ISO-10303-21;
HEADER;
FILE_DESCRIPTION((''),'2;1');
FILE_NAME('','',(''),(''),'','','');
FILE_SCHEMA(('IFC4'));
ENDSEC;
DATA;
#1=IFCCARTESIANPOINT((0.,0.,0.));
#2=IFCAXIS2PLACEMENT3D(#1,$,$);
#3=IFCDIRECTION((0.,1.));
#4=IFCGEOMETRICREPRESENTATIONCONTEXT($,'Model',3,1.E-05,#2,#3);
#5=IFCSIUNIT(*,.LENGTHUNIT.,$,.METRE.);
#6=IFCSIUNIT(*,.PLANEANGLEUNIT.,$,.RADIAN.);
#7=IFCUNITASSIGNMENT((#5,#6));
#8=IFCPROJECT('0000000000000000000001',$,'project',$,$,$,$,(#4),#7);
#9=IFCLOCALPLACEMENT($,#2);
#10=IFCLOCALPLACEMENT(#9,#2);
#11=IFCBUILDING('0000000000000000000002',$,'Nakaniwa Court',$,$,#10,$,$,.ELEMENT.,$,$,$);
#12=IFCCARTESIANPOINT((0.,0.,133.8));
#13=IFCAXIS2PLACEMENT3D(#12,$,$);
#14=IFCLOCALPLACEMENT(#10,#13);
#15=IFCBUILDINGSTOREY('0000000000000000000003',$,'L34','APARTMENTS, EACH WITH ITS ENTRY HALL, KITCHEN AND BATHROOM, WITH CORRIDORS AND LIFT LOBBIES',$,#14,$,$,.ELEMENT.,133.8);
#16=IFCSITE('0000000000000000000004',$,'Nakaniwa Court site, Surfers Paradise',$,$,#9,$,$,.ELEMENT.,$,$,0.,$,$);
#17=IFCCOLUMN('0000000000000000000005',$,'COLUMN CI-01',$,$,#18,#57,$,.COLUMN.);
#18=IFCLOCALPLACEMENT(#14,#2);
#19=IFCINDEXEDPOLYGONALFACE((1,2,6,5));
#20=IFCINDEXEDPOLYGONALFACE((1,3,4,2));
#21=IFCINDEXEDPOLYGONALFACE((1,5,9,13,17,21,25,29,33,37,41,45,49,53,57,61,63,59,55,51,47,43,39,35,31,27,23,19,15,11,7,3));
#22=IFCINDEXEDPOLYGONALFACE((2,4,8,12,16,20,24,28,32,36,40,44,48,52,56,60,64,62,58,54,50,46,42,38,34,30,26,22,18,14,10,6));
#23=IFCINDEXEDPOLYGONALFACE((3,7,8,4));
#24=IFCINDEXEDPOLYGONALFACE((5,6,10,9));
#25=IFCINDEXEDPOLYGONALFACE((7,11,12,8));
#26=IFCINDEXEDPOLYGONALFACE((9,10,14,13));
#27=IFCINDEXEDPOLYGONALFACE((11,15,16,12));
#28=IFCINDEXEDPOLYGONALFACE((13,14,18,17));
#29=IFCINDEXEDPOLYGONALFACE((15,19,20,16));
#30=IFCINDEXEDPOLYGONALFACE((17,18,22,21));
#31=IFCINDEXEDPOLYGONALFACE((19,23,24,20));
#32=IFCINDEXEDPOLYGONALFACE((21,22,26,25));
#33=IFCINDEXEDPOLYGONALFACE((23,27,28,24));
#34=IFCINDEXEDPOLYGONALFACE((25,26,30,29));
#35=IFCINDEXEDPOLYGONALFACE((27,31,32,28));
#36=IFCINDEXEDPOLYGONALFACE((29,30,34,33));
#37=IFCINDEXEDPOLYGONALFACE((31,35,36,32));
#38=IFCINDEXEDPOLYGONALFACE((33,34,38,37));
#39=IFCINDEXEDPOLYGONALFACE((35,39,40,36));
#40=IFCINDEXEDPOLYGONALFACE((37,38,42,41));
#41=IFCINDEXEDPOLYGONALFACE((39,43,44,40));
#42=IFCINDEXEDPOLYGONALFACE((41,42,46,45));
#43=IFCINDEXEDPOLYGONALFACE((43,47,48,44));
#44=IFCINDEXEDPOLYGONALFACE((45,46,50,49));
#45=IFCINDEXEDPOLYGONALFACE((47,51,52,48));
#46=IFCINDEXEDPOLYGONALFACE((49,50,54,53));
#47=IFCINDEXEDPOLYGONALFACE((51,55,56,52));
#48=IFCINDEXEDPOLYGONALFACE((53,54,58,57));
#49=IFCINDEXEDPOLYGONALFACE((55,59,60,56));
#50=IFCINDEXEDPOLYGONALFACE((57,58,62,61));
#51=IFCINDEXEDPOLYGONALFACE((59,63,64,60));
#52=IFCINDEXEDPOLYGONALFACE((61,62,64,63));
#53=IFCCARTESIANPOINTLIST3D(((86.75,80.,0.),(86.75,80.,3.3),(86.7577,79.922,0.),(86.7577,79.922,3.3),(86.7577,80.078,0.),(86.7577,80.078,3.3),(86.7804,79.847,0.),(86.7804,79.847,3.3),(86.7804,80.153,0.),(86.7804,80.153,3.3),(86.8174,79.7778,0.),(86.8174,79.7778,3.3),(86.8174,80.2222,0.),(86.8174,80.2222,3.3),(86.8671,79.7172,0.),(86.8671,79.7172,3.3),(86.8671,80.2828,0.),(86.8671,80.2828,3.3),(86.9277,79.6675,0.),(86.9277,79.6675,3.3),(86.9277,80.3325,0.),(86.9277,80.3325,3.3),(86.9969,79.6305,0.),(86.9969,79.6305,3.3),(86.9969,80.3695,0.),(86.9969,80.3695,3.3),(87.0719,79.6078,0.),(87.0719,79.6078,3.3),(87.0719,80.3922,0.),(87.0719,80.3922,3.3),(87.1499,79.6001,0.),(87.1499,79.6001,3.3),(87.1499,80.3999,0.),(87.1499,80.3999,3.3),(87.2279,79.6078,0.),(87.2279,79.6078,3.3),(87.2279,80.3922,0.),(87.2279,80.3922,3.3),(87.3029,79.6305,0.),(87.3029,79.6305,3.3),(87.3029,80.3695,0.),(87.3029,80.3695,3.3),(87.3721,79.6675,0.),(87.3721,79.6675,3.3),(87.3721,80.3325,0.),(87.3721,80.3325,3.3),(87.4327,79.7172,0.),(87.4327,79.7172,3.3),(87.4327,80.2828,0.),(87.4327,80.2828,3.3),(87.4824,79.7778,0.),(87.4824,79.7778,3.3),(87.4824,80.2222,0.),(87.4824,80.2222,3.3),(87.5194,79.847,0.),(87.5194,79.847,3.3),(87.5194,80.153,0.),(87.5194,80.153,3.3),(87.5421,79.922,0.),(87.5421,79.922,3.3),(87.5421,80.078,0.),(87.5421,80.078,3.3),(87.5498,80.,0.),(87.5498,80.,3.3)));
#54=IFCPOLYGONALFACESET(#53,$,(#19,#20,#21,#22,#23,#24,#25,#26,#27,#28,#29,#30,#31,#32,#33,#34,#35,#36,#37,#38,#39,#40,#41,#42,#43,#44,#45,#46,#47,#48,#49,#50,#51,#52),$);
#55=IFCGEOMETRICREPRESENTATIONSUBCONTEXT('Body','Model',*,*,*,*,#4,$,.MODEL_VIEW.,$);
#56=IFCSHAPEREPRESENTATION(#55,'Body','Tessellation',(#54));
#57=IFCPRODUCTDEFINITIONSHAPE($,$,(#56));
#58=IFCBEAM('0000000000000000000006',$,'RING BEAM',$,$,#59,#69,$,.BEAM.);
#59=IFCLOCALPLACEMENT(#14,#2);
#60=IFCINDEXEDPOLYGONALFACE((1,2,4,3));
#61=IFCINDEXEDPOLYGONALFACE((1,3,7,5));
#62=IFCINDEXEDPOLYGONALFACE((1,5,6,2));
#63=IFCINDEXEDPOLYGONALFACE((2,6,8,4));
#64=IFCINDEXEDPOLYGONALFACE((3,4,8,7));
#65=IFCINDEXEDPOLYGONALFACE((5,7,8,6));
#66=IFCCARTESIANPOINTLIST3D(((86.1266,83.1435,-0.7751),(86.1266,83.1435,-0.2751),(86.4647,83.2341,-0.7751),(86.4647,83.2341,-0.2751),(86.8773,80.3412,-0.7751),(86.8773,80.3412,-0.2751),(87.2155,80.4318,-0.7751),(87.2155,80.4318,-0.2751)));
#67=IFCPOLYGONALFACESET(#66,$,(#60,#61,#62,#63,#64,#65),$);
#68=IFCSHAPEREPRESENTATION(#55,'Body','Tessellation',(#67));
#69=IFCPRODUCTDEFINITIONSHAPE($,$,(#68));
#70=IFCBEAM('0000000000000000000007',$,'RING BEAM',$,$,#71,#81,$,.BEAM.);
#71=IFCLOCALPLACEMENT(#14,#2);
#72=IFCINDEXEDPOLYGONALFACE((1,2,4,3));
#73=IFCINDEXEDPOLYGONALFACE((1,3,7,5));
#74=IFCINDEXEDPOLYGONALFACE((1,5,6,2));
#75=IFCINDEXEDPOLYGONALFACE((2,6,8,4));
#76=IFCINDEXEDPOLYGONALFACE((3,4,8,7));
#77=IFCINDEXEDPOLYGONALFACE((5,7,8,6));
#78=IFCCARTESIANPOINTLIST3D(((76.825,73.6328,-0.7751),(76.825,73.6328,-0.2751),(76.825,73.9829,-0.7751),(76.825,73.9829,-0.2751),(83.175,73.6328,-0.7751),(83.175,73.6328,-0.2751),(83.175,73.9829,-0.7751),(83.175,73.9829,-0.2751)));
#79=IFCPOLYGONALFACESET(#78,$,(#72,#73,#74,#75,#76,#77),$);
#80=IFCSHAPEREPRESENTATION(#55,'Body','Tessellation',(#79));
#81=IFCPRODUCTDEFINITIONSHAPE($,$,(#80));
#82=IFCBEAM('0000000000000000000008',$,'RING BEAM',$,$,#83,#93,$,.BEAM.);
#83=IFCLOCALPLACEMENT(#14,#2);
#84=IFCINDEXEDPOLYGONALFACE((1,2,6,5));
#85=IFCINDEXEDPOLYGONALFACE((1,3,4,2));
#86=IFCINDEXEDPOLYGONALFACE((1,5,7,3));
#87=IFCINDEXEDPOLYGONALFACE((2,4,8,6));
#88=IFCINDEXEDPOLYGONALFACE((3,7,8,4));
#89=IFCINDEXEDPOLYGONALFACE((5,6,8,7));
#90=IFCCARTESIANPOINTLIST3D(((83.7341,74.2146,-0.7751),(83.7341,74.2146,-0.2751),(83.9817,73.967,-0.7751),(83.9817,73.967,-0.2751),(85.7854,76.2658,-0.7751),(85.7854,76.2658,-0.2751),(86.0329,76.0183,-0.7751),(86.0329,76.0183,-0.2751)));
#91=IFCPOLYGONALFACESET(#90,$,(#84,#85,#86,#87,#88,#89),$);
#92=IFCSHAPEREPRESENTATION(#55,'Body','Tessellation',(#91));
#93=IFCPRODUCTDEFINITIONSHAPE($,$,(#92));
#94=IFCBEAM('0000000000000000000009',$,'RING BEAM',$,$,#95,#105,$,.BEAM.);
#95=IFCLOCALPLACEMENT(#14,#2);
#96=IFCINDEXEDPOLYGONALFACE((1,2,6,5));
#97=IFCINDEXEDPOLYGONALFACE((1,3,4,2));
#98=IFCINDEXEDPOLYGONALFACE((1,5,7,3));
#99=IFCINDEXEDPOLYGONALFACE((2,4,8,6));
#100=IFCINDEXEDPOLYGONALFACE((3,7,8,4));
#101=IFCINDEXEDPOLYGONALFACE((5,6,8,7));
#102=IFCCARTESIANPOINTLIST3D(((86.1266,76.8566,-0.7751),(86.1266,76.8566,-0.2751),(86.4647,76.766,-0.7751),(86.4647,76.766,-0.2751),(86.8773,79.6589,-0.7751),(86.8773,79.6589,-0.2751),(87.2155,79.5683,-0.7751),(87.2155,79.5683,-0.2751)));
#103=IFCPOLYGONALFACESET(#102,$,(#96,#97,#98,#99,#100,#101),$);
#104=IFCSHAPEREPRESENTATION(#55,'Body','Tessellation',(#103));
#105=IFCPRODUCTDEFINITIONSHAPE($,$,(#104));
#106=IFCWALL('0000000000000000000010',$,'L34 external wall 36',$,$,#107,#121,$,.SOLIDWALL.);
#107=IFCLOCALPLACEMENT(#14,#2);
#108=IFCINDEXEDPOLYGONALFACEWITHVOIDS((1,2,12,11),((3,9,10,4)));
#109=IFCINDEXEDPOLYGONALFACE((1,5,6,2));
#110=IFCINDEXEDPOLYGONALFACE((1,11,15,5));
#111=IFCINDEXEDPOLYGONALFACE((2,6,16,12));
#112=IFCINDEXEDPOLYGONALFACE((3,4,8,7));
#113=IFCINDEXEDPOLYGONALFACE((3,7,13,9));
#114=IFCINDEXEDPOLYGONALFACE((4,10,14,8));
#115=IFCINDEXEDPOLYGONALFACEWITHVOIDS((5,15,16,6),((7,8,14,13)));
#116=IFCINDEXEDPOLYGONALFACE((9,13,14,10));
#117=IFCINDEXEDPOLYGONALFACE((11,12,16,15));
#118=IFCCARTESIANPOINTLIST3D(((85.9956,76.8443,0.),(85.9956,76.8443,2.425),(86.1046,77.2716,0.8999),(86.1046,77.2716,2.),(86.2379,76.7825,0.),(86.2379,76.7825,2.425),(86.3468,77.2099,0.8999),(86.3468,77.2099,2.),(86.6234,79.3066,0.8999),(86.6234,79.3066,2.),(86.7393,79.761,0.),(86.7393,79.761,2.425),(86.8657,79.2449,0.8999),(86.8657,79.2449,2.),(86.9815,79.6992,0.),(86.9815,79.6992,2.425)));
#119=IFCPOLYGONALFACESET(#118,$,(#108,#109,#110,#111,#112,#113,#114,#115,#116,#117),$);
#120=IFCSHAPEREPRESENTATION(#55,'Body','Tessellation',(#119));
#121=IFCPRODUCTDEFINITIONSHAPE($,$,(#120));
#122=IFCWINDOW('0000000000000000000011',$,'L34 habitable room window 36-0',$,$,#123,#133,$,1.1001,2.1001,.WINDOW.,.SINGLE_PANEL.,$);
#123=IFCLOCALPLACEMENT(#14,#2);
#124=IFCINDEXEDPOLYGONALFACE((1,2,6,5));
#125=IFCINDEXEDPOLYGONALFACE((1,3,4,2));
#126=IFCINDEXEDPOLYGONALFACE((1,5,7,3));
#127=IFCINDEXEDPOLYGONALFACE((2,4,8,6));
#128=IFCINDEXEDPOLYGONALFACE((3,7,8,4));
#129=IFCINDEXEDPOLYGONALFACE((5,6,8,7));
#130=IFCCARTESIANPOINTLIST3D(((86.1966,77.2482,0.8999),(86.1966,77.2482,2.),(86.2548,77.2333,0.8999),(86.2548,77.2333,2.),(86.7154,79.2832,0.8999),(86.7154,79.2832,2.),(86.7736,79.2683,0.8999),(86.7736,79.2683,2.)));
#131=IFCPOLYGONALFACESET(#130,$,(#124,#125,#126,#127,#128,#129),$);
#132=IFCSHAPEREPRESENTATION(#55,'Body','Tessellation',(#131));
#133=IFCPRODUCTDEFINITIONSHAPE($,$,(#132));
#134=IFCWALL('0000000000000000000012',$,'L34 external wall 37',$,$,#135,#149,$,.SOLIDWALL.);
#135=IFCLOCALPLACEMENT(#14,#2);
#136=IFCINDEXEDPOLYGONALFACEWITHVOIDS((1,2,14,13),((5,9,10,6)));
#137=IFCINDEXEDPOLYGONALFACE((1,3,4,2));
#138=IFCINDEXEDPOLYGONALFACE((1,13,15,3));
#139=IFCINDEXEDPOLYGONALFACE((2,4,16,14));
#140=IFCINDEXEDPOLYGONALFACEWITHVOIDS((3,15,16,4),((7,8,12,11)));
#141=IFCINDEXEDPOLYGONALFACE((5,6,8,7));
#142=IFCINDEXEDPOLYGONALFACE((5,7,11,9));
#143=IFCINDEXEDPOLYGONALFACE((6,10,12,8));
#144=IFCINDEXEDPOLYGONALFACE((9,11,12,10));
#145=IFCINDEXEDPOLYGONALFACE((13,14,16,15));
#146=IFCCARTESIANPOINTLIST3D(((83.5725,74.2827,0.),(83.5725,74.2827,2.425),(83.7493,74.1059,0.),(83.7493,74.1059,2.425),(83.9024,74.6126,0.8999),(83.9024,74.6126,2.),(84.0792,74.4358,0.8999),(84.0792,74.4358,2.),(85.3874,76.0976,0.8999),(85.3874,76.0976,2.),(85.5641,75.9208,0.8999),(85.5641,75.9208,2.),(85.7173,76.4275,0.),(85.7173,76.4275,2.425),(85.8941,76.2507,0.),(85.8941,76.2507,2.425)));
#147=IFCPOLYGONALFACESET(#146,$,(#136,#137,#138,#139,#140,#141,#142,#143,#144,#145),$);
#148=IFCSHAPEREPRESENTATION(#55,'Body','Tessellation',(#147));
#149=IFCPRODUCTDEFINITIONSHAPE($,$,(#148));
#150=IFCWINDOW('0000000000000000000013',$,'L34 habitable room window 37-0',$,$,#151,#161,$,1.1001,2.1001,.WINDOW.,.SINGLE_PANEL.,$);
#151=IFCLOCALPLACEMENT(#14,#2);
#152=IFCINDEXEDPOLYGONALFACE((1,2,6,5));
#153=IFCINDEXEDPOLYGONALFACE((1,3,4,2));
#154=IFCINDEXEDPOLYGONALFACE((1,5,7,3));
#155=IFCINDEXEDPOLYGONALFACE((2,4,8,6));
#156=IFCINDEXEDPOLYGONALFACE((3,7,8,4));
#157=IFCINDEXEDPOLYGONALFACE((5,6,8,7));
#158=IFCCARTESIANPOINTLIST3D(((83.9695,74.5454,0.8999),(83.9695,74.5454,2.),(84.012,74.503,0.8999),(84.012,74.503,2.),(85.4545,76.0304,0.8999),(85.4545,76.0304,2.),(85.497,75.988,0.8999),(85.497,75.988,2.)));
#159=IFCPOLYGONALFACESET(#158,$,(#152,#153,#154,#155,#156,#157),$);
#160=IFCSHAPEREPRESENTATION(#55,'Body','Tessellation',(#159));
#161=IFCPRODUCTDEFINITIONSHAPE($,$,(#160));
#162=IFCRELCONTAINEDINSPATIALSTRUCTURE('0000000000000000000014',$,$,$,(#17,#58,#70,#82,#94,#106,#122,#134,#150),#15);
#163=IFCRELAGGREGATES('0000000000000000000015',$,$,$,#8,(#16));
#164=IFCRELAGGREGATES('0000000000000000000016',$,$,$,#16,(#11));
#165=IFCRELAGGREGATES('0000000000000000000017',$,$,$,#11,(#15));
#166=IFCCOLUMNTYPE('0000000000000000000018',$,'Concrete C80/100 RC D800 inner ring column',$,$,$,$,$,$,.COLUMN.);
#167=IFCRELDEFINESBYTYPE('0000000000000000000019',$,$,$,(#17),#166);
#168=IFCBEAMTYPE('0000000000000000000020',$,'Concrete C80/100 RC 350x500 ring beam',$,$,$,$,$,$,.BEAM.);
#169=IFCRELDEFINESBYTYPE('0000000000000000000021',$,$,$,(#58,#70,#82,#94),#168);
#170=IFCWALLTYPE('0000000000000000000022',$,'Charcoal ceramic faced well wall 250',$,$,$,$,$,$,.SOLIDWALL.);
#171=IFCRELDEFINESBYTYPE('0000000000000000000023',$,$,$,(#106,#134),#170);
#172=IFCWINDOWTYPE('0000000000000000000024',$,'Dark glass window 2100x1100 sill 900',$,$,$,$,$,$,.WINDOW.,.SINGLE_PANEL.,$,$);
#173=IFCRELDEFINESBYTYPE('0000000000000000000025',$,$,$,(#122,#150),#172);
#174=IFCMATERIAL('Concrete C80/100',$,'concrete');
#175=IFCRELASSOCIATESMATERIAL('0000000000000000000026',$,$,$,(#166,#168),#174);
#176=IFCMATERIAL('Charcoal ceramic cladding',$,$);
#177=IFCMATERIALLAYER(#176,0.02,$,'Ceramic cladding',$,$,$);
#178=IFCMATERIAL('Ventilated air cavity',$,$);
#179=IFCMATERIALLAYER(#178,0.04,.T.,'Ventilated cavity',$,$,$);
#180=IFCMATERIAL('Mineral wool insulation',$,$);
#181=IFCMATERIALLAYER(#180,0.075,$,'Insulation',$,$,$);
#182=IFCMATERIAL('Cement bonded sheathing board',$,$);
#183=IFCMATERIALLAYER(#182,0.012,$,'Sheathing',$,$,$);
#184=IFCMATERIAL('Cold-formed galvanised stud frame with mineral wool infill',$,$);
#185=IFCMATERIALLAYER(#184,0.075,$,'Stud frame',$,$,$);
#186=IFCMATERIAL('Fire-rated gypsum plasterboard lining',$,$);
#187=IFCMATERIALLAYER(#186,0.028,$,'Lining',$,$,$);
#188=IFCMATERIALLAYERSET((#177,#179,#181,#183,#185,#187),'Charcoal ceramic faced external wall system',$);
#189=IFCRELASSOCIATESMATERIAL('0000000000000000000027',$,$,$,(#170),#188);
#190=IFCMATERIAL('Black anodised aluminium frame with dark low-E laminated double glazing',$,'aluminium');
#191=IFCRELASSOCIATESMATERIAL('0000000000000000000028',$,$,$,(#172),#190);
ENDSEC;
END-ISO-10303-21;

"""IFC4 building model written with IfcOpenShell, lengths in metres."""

from ifc_helpers import new_model, si_unit, direction, frame, frame_2d, origin, origin_2d, place, context, subcontext, project, spatial, rectangle, circle, extrude, material, layer, layer_set, material_profile, profile_set, type_object, element, fill, save


model = new_model("IFC4")

# Units and contexts
model_context = context("Model", 3, precision=1e-05, world=origin(), true_north=direction((0.0, 1.0)))
body_context = subcontext(model_context, "Body", "Model", "MODEL_VIEW")
ifc_project = project(units=[si_unit("LENGTHUNIT", "METRE"), si_unit("PLANEANGLEUNIT", "RADIAN")], contexts=[model_context])

# Site, building, storey
site_placement = place(None, origin())
site = spatial("IfcSite", under=ifc_project, at=site_placement, Name="Nakaniwa Court site, Surfers Paradise", CompositionType="ELEMENT", RefElevation=0.0)
building_placement = place(site_placement, origin())
building = spatial("IfcBuilding", under=site, at=building_placement, Name="Nakaniwa Court", CompositionType="ELEMENT")
storey_placement = place(building_placement, frame((0.0, 0.0, 133.8)))
storey = spatial("IfcBuildingStorey", under=building, at=storey_placement, Name="L34", Description="APARTMENTS, EACH WITH ITS ENTRY HALL, KITCHEN AND BATHROOM, WITH CORRIDORS AND LIFT LOBBIES", CompositionType="ELEMENT", Elevation=133.8)

# Column
ifc_material_1 = material(Name="Concrete C80/100", Category="concrete")
ifc_material_profile_1 = material_profile(ifc_material_1, circle(Radius=0.3999, at=origin_2d()), Name="Concrete C80/100 RC D800 inner ring column")
ifc_profile_set_1 = profile_set([ifc_material_profile_1], Name="Concrete C80/100")
column_type = type_object("IfcColumnType", Name="Concrete C80/100 RC D800 inner ring column", PredefinedType="COLUMN", material=ifc_profile_set_1)
for number, where, z_axis, x_axis, name in (
    (1, (87.1499, 80.0, 0.0), (0.0, 0.0, 1.0), (0.0, 1.0, 0.0), "COLUMN CI-01"),
):
    element("IfcColumn", number, at=place(storey_placement, frame(where, z_axis=z_axis, x_axis=x_axis)), inside=storey, type_object=column_type, Name=name, PredefinedType="COLUMN", context=body_context, shape_type="SweptSolid", body=[
        extrude(circle(Radius=0.3999, at=origin_2d()), origin(), (0.0, 0.0, 1.0), 3.3),
    ])

# Beams
ifc_material_profile_2 = material_profile(ifc_material_1, rectangle(XDim=0.3501, YDim=0.5, at=origin_2d()), Name="Concrete C80/100 RC 350x500 ring beam")
ifc_profile_set_2 = profile_set([ifc_material_profile_2], Name="Concrete C80/100")
beam_type = type_object("IfcBeamType", Name="Concrete C80/100 RC 350x500 ring beam", PredefinedType="BEAM", material=ifc_profile_set_2)
beam_1_placement = place(storey_placement, frame((87.0464, 80.3865, -0.5251), z_axis=(-0.258778, 0.965937, 0.0), x_axis=(-0.965937, -0.258778, 0.0)))
element("IfcBeam", 2, at=beam_1_placement, inside=storey, type_object=beam_type, Name="RING BEAM", PredefinedType="BEAM", context=body_context, shape_type="SweptSolid", body=[
    extrude(rectangle(XDim=0.3501, YDim=0.5, at=origin_2d()), origin(), (0.0, 0.0, 1.0), 2.9011),
])
beam_2_placement = place(storey_placement, frame((76.825, 73.8079, -0.5251), z_axis=(1.0, 0.0, 0.0), x_axis=(0.0, 1.0, 0.0)))
element("IfcBeam", 3, at=beam_2_placement, inside=storey, type_object=beam_type, Name="RING BEAM", PredefinedType="BEAM", context=body_context, shape_type="SweptSolid", body=[
    extrude(rectangle(XDim=0.3501, YDim=0.5, at=origin_2d()), origin(), (0.0, 0.0, 1.0), 6.3501),
])
beam_3_placement = place(storey_placement, frame((83.8579, 74.0908, -0.5251), z_axis=(0.707107, 0.707107, 0.0), x_axis=(-0.707107, 0.707107, 0.0)))
element("IfcBeam", 4, at=beam_3_placement, inside=storey, type_object=beam_type, Name="RING BEAM", PredefinedType="BEAM", context=body_context, shape_type="SweptSolid", body=[
    extrude(rectangle(XDim=0.3501, YDim=0.5, at=origin_2d()), origin(), (0.0, 0.0, 1.0), 2.9009),
])
beam_4_placement = place(storey_placement, frame((86.2957, 76.8113, -0.5251), z_axis=(0.258778, 0.965937, 0.0), x_axis=(-0.965937, 0.258778, 0.0)))
element("IfcBeam", 5, at=beam_4_placement, inside=storey, type_object=beam_type, Name="RING BEAM", PredefinedType="BEAM", context=body_context, shape_type="SweptSolid", body=[
    extrude(rectangle(XDim=0.3501, YDim=0.5, at=origin_2d()), origin(), (0.0, 0.0, 1.0), 2.9011),
])

# Walls, openings, windows
ifc_material_2 = material(Name="Charcoal ceramic cladding")
ifc_layer_1 = layer(ifc_material_2, 0.02, Name="Ceramic cladding")
ifc_material_3 = material(Name="Ventilated air cavity")
ifc_layer_2 = layer(ifc_material_3, 0.04, ventilated=True, Name="Ventilated cavity")
ifc_material_4 = material(Name="Mineral wool insulation")
ifc_layer_3 = layer(ifc_material_4, 0.075, Name="Insulation")
ifc_material_5 = material(Name="Cement bonded sheathing board")
ifc_layer_4 = layer(ifc_material_5, 0.012, Name="Sheathing")
ifc_material_6 = material(Name="Cold-formed galvanised stud frame with mineral wool infill")
ifc_layer_5 = layer(ifc_material_6, 0.075, Name="Stud frame")
ifc_material_7 = material(Name="Fire-rated gypsum plasterboard lining")
ifc_layer_6 = layer(ifc_material_7, 0.028, Name="Lining")
ifc_layer_set = layer_set([ifc_layer_1, ifc_layer_2, ifc_layer_3, ifc_layer_4, ifc_layer_5, ifc_layer_6], Name="Charcoal ceramic faced external wall system")
wall_type = type_object("IfcWallType", Name="Charcoal ceramic faced well wall 250", PredefinedType="SOLIDWALL", material=ifc_layer_set)
wall_1_placement = place(storey_placement, frame((86.8604, 79.73, 0.0), z_axis=(0.0, 0.0, 1.0), x_axis=(-0.247056, -0.969001, 0.0)))
wall_1 = element("IfcWall", 6, at=wall_1_placement, inside=storey, type_object=wall_type, Name="L34 external wall 36", PredefinedType="SOLIDWALL", context=body_context, shape_type="SweptSolid", body=[
    extrude(rectangle(XDim=3.01, YDim=0.25, at=frame_2d((1.5049, 0.0))), origin(), (0.0, 0.0, 1.0), 2.425),
])
opening_1_placement = place(wall_1_placement, frame((0.4688, 0.0, 0.8999)))
opening_1 = element("IfcOpeningElement", 7, at=opening_1_placement, cuts=wall_1, PredefinedType="OPENING", context=body_context, shape_type="SweptSolid", body=[
    extrude(rectangle(XDim=2.1001, YDim=1.1001, at=frame_2d((1.05, 0.55))), frame((0.0, 0.135, 0.0), z_axis=(0.0, -1.0, 0.0), x_axis=(1.0, 0.0, 0.0)), (0.0, 0.0, 1.0), 0.27),
])
ifc_material_8 = material(Name="Black anodised aluminium frame with dark low-E laminated double glazing", Category="aluminium")
window_type = type_object("IfcWindowType", Name="Dark glass window 2100x1100 sill 900", PartitioningType="SINGLE_PANEL", PredefinedType="WINDOW", material=ifc_material_8)
window_1_placement = place(opening_1_placement, origin())
window_1 = element("IfcWindow", 8, at=window_1_placement, inside=storey, type_object=window_type, Name="L34 habitable room window 36-0", OverallHeight=1.1001, OverallWidth=2.1001, PartitioningType="SINGLE_PANEL", PredefinedType="WINDOW", context=body_context, shape_type="SweptSolid", body=[
    extrude(rectangle(XDim=2.1001, YDim=1.1001, at=frame_2d((1.05, 0.55))), frame((0.0, 0.03, 0.0), z_axis=(0.0, -1.0, 0.0), x_axis=(1.0, 0.0, 0.0)), (0.0, 0.0, 1.0), 0.0601),
])
fill(opening_1, window_1)
wall_2_placement = place(storey_placement, frame((85.8057, 76.3391, 0.0), z_axis=(0.0, 0.0, 1.0), x_axis=(-0.707107, -0.707107, 0.0)))
wall_2 = element("IfcWall", 9, at=wall_2_placement, inside=storey, type_object=wall_type, Name="L34 external wall 37", PredefinedType="SOLIDWALL", context=body_context, shape_type="SweptSolid", body=[
    extrude(rectangle(XDim=3.0332, YDim=0.25, at=frame_2d((1.5166, 0.0))), origin(), (0.0, 0.0, 1.0), 2.425),
])
opening_2_placement = place(wall_2_placement, frame((0.4666, 0.0, 0.8999)))
opening_2 = element("IfcOpeningElement", 10, at=opening_2_placement, cuts=wall_2, PredefinedType="OPENING", context=body_context, shape_type="SweptSolid", body=[
    extrude(rectangle(XDim=2.1001, YDim=1.1001, at=frame_2d((1.05, 0.55))), frame((0.0, 0.135, 0.0), z_axis=(0.0, -1.0, 0.0), x_axis=(1.0, 0.0, 0.0)), (0.0, 0.0, 1.0), 0.27),
])
window_2_placement = place(opening_2_placement, origin())
window_2 = element("IfcWindow", 11, at=window_2_placement, inside=storey, type_object=window_type, Name="L34 habitable room window 37-0", OverallHeight=1.1001, OverallWidth=2.1001, PartitioningType="SINGLE_PANEL", PredefinedType="WINDOW", context=body_context, shape_type="SweptSolid", body=[
    extrude(rectangle(XDim=2.1001, YDim=1.1001, at=frame_2d((1.05, 0.55))), frame((0.0, 0.03, 0.0), z_axis=(0.0, -1.0, 0.0), x_axis=(1.0, 0.0, 0.0)), (0.0, 0.0, 1.0), 0.0601),
])
fill(opening_2, window_2)

save(model, "model.ifc")
